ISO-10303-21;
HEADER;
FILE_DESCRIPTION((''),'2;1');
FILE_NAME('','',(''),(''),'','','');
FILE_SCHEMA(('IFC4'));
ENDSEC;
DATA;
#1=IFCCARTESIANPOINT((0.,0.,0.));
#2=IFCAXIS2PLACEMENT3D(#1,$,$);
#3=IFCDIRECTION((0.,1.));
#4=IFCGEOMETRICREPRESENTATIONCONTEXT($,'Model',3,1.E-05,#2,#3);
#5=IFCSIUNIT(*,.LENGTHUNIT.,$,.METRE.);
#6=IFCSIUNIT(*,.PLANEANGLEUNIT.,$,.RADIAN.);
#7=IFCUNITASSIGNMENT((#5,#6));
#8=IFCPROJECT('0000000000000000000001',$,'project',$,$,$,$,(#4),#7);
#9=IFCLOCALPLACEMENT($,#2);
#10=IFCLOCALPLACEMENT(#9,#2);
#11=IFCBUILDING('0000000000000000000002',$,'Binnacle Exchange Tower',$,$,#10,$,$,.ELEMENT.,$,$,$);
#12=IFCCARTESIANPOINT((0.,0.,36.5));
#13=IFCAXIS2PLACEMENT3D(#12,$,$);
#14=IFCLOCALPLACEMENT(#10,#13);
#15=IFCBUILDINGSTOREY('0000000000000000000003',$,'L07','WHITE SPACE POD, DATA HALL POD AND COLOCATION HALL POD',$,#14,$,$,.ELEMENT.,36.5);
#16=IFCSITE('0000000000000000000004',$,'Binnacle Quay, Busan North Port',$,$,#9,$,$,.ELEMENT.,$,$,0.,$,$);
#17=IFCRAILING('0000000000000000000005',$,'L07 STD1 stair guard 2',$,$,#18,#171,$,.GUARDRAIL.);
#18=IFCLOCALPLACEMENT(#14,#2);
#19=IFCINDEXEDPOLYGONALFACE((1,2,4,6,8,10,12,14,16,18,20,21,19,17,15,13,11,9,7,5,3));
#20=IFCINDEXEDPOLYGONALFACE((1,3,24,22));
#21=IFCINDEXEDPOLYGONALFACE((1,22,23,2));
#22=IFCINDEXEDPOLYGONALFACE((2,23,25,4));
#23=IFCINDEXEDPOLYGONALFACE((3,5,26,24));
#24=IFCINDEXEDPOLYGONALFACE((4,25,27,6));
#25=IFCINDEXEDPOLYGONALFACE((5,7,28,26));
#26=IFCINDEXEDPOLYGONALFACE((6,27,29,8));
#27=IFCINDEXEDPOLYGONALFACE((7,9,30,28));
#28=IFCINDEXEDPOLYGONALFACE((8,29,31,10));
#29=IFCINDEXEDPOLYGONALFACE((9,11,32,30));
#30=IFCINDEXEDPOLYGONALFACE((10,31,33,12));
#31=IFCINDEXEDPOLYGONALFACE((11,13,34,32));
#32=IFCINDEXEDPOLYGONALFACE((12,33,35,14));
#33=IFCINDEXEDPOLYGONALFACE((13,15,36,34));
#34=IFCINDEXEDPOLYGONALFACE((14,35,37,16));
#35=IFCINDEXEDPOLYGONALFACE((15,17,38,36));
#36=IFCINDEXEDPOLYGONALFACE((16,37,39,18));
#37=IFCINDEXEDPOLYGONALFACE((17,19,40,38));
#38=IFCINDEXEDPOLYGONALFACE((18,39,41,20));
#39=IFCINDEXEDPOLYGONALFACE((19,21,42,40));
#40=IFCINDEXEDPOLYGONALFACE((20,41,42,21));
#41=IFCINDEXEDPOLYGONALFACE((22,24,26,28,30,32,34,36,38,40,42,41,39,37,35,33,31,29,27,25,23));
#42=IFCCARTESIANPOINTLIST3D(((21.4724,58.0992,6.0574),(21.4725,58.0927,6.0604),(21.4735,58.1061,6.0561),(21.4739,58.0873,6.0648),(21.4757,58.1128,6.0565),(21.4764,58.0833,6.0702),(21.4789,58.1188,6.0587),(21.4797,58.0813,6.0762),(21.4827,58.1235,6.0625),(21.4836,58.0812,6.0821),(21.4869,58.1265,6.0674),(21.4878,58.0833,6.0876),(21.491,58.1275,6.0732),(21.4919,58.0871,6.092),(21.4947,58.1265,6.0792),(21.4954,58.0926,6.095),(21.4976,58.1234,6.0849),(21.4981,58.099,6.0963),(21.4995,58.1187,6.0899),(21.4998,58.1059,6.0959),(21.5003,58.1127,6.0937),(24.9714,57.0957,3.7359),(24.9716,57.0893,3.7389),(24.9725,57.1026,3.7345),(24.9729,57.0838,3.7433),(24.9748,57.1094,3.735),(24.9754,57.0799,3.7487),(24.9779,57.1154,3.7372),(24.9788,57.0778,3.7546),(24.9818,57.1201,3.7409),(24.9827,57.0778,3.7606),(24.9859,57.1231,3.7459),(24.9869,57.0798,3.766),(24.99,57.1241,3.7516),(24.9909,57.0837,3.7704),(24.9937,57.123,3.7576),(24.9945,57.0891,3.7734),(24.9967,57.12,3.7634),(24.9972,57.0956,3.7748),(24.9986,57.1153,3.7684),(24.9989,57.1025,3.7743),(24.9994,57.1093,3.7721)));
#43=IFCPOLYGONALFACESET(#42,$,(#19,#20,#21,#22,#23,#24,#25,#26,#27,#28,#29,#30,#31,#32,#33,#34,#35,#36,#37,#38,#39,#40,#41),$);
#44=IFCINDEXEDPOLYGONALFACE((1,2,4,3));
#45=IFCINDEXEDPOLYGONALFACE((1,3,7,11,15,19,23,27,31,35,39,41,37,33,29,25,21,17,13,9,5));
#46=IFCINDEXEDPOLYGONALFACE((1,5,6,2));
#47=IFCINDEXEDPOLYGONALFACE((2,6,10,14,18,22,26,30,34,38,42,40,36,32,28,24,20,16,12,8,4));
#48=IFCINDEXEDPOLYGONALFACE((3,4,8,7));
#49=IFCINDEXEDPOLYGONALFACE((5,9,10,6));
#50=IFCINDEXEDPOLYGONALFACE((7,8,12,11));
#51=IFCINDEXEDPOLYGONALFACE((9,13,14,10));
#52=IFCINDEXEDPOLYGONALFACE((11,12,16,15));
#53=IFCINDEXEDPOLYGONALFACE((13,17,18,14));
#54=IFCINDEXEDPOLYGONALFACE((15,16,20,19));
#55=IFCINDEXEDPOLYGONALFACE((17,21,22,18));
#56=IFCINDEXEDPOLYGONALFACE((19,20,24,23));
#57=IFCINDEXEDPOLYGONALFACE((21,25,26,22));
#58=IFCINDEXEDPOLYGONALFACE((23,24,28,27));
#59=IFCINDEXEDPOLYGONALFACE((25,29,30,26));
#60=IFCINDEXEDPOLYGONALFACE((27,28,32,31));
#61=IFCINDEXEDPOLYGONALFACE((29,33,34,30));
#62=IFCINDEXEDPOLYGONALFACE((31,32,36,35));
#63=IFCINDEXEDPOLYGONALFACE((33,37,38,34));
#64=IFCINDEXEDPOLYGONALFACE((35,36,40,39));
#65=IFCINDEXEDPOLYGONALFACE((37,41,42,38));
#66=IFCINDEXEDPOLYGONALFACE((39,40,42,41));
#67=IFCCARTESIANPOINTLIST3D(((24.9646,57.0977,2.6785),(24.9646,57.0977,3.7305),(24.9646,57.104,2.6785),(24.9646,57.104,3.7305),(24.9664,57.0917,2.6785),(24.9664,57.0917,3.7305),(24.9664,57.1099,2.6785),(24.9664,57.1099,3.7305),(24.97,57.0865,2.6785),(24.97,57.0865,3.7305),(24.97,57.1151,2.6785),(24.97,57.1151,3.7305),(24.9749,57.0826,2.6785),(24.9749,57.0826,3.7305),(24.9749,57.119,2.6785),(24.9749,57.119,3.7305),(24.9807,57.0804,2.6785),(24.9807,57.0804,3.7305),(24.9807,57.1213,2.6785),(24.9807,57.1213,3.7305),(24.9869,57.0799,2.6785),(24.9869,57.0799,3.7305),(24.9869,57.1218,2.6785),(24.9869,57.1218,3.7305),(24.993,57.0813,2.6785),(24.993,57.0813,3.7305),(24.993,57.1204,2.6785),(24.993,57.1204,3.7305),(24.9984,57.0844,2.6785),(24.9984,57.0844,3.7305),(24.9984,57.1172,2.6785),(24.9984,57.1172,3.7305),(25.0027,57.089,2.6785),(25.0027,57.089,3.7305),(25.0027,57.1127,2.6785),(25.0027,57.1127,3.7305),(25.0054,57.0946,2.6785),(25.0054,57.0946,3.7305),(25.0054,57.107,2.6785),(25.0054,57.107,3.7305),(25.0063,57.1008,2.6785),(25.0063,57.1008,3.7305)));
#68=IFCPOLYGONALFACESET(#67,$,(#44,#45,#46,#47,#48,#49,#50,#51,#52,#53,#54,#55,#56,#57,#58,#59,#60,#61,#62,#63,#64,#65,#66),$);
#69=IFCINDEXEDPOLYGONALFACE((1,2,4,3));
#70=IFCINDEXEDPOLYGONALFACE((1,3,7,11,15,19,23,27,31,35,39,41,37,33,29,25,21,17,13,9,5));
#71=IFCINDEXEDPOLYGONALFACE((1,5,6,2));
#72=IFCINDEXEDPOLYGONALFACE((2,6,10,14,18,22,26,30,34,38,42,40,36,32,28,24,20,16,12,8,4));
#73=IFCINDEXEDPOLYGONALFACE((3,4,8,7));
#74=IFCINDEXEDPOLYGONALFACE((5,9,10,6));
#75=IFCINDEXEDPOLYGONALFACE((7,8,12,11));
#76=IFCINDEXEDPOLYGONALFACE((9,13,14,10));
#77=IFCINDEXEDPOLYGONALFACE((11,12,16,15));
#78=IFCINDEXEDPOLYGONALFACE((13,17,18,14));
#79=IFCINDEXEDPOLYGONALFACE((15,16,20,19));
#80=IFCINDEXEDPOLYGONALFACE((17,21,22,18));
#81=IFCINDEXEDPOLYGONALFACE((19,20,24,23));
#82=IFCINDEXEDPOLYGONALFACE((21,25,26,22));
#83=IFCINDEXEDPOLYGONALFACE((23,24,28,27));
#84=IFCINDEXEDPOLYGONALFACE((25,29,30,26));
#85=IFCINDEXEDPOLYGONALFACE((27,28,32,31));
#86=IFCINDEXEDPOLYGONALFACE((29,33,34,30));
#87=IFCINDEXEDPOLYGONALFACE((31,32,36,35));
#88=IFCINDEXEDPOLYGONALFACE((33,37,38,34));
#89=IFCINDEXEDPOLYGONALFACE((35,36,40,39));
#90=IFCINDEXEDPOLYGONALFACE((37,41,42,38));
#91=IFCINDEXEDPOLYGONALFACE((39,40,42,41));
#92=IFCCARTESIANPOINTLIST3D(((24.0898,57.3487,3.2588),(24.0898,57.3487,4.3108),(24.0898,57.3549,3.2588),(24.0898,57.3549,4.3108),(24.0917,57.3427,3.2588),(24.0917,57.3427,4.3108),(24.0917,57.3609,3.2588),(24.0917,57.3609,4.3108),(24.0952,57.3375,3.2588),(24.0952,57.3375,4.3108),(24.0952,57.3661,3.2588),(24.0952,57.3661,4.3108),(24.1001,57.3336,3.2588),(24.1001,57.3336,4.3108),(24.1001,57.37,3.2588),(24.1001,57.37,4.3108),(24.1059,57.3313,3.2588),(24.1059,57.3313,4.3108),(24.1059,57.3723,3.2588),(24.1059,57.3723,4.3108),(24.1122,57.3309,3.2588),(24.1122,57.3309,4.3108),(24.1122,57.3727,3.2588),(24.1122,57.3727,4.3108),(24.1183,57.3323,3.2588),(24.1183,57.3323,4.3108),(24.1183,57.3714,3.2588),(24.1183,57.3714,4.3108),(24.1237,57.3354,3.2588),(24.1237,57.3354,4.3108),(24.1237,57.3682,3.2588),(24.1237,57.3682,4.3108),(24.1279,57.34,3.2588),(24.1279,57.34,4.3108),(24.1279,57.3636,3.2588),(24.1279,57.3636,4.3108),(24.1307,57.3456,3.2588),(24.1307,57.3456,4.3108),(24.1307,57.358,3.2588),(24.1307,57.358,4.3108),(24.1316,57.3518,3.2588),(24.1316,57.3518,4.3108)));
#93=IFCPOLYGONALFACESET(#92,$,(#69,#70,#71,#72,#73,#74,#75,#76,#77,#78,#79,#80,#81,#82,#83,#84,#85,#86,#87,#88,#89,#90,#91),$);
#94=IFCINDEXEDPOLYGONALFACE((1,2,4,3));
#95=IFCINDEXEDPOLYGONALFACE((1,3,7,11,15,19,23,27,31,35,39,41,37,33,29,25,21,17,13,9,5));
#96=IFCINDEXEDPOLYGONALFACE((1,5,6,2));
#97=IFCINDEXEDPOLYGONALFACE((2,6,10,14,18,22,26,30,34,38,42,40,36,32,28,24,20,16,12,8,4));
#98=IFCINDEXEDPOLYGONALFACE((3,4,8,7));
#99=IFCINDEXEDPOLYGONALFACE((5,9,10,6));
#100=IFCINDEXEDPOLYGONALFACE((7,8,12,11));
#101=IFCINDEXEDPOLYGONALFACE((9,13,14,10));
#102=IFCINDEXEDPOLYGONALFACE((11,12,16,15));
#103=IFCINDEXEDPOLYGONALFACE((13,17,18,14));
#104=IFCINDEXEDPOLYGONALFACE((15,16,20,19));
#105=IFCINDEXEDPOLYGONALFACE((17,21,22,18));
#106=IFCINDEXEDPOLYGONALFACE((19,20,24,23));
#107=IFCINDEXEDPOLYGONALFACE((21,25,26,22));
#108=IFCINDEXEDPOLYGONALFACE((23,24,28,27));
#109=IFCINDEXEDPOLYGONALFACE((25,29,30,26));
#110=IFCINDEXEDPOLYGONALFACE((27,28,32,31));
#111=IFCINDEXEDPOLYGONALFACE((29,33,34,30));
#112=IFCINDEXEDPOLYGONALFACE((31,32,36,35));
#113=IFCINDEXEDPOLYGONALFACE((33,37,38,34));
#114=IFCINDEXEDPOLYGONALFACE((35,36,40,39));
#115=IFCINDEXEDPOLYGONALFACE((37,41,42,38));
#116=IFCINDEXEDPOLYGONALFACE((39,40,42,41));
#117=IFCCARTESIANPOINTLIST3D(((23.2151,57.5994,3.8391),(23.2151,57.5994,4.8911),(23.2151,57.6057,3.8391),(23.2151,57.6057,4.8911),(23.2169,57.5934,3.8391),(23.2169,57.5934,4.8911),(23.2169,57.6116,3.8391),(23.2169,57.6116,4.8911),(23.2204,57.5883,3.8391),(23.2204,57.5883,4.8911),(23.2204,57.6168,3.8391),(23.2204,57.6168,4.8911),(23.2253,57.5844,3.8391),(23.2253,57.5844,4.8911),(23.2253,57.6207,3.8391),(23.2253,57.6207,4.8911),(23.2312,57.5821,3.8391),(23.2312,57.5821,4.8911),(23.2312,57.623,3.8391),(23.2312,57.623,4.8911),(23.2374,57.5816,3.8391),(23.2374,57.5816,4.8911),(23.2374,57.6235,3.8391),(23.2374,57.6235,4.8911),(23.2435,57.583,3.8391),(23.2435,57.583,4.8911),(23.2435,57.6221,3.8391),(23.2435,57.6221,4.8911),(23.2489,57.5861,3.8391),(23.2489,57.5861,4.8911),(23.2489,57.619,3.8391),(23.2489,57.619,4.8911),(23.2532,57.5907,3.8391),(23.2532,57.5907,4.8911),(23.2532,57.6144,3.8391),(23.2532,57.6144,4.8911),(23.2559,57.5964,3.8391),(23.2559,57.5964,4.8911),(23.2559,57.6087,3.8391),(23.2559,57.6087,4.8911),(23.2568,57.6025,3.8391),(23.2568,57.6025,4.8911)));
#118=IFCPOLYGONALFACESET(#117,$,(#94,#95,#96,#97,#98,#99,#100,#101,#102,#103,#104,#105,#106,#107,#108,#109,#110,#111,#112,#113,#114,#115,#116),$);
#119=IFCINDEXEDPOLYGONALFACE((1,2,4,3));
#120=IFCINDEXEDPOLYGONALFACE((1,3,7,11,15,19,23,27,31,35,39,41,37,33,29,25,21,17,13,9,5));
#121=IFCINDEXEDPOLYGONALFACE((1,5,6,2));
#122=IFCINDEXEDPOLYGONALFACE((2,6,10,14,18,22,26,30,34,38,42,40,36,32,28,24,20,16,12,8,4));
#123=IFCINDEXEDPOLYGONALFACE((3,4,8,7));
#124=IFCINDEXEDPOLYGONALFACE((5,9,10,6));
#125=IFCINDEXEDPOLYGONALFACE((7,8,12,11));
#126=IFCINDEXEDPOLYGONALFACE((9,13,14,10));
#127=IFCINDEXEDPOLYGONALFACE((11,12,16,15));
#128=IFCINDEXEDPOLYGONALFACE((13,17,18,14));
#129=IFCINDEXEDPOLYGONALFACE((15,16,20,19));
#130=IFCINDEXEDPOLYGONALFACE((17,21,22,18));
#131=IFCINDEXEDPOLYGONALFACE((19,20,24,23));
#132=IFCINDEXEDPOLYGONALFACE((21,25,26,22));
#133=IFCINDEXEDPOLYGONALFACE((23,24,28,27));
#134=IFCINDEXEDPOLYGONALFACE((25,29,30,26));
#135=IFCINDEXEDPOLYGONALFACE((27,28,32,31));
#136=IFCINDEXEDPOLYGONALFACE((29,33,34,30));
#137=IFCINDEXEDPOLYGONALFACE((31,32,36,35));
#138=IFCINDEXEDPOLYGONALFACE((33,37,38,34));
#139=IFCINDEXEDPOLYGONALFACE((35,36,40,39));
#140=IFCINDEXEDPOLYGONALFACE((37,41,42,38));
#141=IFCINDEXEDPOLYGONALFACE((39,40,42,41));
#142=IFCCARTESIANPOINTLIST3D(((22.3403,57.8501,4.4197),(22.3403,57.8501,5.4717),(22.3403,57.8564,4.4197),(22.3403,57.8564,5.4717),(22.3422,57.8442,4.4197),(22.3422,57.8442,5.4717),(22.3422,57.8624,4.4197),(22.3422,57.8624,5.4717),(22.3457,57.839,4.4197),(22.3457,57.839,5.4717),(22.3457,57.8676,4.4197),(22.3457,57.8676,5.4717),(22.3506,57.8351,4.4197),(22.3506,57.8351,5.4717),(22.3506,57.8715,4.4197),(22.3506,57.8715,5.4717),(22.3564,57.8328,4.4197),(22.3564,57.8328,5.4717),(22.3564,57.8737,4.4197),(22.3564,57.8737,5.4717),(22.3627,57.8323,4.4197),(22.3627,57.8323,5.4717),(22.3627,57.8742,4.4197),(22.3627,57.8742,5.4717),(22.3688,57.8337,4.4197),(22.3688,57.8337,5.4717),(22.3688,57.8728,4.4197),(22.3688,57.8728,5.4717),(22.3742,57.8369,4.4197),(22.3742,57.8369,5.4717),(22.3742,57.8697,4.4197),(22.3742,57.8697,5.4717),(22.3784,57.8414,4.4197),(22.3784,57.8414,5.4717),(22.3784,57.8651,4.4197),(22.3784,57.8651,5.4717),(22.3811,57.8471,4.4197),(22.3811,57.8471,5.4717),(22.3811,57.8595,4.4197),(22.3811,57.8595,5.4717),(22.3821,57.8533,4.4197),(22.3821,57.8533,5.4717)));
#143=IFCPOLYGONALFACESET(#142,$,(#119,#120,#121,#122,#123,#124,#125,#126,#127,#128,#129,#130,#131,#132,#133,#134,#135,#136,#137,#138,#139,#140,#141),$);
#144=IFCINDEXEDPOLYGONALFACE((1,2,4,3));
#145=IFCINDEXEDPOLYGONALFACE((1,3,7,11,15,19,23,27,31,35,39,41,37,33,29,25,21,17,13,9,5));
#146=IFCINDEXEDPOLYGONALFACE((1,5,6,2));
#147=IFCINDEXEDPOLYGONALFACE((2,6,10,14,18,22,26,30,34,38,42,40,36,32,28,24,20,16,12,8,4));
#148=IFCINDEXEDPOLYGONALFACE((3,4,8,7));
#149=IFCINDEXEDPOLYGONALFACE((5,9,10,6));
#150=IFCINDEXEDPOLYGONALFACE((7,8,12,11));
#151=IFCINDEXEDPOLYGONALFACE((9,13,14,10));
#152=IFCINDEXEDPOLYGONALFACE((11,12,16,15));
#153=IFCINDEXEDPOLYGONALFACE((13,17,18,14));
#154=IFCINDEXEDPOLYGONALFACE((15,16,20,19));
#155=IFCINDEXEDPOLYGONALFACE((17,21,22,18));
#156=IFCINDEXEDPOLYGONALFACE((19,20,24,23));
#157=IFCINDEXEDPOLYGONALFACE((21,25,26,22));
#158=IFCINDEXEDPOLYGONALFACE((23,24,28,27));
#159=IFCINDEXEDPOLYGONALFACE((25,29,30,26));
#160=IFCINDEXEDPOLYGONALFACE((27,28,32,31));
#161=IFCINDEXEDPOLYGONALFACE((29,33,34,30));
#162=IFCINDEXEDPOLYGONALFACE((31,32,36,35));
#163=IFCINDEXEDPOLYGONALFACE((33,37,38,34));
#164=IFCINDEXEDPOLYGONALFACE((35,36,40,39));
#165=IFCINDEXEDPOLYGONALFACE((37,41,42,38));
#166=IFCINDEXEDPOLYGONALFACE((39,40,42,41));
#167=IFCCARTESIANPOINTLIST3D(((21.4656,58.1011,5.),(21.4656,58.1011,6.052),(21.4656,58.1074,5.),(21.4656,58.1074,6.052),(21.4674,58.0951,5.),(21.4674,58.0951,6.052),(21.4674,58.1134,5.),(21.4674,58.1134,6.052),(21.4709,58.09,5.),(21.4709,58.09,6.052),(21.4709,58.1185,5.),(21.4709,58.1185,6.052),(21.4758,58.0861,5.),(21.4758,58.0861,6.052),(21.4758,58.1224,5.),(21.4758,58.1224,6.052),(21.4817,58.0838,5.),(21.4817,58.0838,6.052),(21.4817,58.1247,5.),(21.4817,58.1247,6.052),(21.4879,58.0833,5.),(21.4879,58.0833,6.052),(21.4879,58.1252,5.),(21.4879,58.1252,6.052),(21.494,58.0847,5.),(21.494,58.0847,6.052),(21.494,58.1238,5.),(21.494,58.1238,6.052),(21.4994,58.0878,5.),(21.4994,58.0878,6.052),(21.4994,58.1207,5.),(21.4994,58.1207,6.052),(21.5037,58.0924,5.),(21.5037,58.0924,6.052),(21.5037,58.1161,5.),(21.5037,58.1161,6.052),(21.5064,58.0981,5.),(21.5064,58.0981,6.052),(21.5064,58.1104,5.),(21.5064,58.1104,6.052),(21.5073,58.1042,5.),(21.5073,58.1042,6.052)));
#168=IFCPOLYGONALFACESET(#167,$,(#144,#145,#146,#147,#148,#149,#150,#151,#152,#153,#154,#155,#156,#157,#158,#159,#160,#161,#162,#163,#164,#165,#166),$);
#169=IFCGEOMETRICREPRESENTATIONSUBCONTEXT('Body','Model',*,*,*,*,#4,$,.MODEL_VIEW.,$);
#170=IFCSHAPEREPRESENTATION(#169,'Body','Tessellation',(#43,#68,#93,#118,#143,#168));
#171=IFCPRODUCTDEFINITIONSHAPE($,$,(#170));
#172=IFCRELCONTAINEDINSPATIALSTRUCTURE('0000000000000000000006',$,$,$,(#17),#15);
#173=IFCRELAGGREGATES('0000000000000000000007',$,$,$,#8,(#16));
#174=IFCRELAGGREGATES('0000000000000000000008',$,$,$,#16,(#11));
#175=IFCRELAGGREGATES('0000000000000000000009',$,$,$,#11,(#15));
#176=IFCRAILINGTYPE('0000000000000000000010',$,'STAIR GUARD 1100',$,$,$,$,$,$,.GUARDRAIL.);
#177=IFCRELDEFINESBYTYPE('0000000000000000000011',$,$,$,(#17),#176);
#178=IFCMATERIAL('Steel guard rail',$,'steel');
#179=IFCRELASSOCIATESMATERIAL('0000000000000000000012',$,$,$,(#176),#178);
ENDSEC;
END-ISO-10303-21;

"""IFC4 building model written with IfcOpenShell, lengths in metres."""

from ifc_helpers import new_model, si_unit, direction, frame, origin, origin_2d, place, context, subcontext, project, spatial, circle, extrude, material, type_object, element, save


model = new_model("IFC4")

# Units and contexts
model_context = context("Model", 3, precision=1e-05, world=origin(), true_north=direction((0.0, 1.0)))
body_context = subcontext(model_context, "Body", "Model", "MODEL_VIEW")
ifc_project = project(units=[si_unit("LENGTHUNIT", "METRE"), si_unit("PLANEANGLEUNIT", "RADIAN")], contexts=[model_context])

# Site, building, storey
site_placement = place(None, origin())
site = spatial("IfcSite", under=ifc_project, at=site_placement, Name="Binnacle Quay, Busan North Port", CompositionType="ELEMENT", RefElevation=0.0)
building_placement = place(site_placement, origin())
building = spatial("IfcBuilding", under=site, at=building_placement, Name="Binnacle Exchange Tower", CompositionType="ELEMENT")
storey_placement = place(building_placement, frame((0.0, 0.0, 36.5)))
storey = spatial("IfcBuildingStorey", under=building, at=storey_placement, Name="L07", Description="WHITE SPACE POD, DATA HALL POD AND COLOCATION HALL POD", CompositionType="ELEMENT", Elevation=36.5)

# Railing
ifc_material_1 = material(Name="Steel guard rail", Category="steel")
railing_type_1 = type_object("IfcRailingType", Name="STAIR GUARD 1100", PredefinedType="GUARDRAIL", material=ifc_material_1)
railing_1_placement = place(storey_placement, frame((24.9854, 57.1008, 2.6785)))
element("IfcRailing", 1, at=railing_1_placement, inside=storey, type_object=railing_type_1, Name="L07 STD1 stair guard 2", PredefinedType="GUARDRAIL", context=body_context, shape_type="SweptSolid", body=[
    extrude(circle(Radius=0.0239, at=origin_2d()), frame((0.0, 0.0, 1.0762), z_axis=(-0.810456, 0.232415, 0.537722), x_axis=(-0.27566, -0.961255, 0.0)), (0.0, 0.0, 1.0), 4.3174),
    extrude(circle(Radius=0.021, at=origin_2d()), origin(), (0.0, 0.0, 1.0), 1.052),
    extrude(circle(Radius=0.021, at=origin_2d()), frame((-0.8748, 0.251, 0.5803)), (0.0, 0.0, 1.0), 1.052),
    extrude(circle(Radius=0.021, at=origin_2d()), frame((-1.7495, 0.5017, 1.1606)), (0.0, 0.0, 1.0), 1.052),
    extrude(circle(Radius=0.021, at=origin_2d()), frame((-2.6243, 0.7524, 1.7412)), (0.0, 0.0, 1.0), 1.052),
    extrude(circle(Radius=0.021, at=origin_2d()), frame((-3.499, 1.0034, 2.3215)), (0.0, 0.0, 1.0), 1.052),
])

save(model, "model.ifc")
